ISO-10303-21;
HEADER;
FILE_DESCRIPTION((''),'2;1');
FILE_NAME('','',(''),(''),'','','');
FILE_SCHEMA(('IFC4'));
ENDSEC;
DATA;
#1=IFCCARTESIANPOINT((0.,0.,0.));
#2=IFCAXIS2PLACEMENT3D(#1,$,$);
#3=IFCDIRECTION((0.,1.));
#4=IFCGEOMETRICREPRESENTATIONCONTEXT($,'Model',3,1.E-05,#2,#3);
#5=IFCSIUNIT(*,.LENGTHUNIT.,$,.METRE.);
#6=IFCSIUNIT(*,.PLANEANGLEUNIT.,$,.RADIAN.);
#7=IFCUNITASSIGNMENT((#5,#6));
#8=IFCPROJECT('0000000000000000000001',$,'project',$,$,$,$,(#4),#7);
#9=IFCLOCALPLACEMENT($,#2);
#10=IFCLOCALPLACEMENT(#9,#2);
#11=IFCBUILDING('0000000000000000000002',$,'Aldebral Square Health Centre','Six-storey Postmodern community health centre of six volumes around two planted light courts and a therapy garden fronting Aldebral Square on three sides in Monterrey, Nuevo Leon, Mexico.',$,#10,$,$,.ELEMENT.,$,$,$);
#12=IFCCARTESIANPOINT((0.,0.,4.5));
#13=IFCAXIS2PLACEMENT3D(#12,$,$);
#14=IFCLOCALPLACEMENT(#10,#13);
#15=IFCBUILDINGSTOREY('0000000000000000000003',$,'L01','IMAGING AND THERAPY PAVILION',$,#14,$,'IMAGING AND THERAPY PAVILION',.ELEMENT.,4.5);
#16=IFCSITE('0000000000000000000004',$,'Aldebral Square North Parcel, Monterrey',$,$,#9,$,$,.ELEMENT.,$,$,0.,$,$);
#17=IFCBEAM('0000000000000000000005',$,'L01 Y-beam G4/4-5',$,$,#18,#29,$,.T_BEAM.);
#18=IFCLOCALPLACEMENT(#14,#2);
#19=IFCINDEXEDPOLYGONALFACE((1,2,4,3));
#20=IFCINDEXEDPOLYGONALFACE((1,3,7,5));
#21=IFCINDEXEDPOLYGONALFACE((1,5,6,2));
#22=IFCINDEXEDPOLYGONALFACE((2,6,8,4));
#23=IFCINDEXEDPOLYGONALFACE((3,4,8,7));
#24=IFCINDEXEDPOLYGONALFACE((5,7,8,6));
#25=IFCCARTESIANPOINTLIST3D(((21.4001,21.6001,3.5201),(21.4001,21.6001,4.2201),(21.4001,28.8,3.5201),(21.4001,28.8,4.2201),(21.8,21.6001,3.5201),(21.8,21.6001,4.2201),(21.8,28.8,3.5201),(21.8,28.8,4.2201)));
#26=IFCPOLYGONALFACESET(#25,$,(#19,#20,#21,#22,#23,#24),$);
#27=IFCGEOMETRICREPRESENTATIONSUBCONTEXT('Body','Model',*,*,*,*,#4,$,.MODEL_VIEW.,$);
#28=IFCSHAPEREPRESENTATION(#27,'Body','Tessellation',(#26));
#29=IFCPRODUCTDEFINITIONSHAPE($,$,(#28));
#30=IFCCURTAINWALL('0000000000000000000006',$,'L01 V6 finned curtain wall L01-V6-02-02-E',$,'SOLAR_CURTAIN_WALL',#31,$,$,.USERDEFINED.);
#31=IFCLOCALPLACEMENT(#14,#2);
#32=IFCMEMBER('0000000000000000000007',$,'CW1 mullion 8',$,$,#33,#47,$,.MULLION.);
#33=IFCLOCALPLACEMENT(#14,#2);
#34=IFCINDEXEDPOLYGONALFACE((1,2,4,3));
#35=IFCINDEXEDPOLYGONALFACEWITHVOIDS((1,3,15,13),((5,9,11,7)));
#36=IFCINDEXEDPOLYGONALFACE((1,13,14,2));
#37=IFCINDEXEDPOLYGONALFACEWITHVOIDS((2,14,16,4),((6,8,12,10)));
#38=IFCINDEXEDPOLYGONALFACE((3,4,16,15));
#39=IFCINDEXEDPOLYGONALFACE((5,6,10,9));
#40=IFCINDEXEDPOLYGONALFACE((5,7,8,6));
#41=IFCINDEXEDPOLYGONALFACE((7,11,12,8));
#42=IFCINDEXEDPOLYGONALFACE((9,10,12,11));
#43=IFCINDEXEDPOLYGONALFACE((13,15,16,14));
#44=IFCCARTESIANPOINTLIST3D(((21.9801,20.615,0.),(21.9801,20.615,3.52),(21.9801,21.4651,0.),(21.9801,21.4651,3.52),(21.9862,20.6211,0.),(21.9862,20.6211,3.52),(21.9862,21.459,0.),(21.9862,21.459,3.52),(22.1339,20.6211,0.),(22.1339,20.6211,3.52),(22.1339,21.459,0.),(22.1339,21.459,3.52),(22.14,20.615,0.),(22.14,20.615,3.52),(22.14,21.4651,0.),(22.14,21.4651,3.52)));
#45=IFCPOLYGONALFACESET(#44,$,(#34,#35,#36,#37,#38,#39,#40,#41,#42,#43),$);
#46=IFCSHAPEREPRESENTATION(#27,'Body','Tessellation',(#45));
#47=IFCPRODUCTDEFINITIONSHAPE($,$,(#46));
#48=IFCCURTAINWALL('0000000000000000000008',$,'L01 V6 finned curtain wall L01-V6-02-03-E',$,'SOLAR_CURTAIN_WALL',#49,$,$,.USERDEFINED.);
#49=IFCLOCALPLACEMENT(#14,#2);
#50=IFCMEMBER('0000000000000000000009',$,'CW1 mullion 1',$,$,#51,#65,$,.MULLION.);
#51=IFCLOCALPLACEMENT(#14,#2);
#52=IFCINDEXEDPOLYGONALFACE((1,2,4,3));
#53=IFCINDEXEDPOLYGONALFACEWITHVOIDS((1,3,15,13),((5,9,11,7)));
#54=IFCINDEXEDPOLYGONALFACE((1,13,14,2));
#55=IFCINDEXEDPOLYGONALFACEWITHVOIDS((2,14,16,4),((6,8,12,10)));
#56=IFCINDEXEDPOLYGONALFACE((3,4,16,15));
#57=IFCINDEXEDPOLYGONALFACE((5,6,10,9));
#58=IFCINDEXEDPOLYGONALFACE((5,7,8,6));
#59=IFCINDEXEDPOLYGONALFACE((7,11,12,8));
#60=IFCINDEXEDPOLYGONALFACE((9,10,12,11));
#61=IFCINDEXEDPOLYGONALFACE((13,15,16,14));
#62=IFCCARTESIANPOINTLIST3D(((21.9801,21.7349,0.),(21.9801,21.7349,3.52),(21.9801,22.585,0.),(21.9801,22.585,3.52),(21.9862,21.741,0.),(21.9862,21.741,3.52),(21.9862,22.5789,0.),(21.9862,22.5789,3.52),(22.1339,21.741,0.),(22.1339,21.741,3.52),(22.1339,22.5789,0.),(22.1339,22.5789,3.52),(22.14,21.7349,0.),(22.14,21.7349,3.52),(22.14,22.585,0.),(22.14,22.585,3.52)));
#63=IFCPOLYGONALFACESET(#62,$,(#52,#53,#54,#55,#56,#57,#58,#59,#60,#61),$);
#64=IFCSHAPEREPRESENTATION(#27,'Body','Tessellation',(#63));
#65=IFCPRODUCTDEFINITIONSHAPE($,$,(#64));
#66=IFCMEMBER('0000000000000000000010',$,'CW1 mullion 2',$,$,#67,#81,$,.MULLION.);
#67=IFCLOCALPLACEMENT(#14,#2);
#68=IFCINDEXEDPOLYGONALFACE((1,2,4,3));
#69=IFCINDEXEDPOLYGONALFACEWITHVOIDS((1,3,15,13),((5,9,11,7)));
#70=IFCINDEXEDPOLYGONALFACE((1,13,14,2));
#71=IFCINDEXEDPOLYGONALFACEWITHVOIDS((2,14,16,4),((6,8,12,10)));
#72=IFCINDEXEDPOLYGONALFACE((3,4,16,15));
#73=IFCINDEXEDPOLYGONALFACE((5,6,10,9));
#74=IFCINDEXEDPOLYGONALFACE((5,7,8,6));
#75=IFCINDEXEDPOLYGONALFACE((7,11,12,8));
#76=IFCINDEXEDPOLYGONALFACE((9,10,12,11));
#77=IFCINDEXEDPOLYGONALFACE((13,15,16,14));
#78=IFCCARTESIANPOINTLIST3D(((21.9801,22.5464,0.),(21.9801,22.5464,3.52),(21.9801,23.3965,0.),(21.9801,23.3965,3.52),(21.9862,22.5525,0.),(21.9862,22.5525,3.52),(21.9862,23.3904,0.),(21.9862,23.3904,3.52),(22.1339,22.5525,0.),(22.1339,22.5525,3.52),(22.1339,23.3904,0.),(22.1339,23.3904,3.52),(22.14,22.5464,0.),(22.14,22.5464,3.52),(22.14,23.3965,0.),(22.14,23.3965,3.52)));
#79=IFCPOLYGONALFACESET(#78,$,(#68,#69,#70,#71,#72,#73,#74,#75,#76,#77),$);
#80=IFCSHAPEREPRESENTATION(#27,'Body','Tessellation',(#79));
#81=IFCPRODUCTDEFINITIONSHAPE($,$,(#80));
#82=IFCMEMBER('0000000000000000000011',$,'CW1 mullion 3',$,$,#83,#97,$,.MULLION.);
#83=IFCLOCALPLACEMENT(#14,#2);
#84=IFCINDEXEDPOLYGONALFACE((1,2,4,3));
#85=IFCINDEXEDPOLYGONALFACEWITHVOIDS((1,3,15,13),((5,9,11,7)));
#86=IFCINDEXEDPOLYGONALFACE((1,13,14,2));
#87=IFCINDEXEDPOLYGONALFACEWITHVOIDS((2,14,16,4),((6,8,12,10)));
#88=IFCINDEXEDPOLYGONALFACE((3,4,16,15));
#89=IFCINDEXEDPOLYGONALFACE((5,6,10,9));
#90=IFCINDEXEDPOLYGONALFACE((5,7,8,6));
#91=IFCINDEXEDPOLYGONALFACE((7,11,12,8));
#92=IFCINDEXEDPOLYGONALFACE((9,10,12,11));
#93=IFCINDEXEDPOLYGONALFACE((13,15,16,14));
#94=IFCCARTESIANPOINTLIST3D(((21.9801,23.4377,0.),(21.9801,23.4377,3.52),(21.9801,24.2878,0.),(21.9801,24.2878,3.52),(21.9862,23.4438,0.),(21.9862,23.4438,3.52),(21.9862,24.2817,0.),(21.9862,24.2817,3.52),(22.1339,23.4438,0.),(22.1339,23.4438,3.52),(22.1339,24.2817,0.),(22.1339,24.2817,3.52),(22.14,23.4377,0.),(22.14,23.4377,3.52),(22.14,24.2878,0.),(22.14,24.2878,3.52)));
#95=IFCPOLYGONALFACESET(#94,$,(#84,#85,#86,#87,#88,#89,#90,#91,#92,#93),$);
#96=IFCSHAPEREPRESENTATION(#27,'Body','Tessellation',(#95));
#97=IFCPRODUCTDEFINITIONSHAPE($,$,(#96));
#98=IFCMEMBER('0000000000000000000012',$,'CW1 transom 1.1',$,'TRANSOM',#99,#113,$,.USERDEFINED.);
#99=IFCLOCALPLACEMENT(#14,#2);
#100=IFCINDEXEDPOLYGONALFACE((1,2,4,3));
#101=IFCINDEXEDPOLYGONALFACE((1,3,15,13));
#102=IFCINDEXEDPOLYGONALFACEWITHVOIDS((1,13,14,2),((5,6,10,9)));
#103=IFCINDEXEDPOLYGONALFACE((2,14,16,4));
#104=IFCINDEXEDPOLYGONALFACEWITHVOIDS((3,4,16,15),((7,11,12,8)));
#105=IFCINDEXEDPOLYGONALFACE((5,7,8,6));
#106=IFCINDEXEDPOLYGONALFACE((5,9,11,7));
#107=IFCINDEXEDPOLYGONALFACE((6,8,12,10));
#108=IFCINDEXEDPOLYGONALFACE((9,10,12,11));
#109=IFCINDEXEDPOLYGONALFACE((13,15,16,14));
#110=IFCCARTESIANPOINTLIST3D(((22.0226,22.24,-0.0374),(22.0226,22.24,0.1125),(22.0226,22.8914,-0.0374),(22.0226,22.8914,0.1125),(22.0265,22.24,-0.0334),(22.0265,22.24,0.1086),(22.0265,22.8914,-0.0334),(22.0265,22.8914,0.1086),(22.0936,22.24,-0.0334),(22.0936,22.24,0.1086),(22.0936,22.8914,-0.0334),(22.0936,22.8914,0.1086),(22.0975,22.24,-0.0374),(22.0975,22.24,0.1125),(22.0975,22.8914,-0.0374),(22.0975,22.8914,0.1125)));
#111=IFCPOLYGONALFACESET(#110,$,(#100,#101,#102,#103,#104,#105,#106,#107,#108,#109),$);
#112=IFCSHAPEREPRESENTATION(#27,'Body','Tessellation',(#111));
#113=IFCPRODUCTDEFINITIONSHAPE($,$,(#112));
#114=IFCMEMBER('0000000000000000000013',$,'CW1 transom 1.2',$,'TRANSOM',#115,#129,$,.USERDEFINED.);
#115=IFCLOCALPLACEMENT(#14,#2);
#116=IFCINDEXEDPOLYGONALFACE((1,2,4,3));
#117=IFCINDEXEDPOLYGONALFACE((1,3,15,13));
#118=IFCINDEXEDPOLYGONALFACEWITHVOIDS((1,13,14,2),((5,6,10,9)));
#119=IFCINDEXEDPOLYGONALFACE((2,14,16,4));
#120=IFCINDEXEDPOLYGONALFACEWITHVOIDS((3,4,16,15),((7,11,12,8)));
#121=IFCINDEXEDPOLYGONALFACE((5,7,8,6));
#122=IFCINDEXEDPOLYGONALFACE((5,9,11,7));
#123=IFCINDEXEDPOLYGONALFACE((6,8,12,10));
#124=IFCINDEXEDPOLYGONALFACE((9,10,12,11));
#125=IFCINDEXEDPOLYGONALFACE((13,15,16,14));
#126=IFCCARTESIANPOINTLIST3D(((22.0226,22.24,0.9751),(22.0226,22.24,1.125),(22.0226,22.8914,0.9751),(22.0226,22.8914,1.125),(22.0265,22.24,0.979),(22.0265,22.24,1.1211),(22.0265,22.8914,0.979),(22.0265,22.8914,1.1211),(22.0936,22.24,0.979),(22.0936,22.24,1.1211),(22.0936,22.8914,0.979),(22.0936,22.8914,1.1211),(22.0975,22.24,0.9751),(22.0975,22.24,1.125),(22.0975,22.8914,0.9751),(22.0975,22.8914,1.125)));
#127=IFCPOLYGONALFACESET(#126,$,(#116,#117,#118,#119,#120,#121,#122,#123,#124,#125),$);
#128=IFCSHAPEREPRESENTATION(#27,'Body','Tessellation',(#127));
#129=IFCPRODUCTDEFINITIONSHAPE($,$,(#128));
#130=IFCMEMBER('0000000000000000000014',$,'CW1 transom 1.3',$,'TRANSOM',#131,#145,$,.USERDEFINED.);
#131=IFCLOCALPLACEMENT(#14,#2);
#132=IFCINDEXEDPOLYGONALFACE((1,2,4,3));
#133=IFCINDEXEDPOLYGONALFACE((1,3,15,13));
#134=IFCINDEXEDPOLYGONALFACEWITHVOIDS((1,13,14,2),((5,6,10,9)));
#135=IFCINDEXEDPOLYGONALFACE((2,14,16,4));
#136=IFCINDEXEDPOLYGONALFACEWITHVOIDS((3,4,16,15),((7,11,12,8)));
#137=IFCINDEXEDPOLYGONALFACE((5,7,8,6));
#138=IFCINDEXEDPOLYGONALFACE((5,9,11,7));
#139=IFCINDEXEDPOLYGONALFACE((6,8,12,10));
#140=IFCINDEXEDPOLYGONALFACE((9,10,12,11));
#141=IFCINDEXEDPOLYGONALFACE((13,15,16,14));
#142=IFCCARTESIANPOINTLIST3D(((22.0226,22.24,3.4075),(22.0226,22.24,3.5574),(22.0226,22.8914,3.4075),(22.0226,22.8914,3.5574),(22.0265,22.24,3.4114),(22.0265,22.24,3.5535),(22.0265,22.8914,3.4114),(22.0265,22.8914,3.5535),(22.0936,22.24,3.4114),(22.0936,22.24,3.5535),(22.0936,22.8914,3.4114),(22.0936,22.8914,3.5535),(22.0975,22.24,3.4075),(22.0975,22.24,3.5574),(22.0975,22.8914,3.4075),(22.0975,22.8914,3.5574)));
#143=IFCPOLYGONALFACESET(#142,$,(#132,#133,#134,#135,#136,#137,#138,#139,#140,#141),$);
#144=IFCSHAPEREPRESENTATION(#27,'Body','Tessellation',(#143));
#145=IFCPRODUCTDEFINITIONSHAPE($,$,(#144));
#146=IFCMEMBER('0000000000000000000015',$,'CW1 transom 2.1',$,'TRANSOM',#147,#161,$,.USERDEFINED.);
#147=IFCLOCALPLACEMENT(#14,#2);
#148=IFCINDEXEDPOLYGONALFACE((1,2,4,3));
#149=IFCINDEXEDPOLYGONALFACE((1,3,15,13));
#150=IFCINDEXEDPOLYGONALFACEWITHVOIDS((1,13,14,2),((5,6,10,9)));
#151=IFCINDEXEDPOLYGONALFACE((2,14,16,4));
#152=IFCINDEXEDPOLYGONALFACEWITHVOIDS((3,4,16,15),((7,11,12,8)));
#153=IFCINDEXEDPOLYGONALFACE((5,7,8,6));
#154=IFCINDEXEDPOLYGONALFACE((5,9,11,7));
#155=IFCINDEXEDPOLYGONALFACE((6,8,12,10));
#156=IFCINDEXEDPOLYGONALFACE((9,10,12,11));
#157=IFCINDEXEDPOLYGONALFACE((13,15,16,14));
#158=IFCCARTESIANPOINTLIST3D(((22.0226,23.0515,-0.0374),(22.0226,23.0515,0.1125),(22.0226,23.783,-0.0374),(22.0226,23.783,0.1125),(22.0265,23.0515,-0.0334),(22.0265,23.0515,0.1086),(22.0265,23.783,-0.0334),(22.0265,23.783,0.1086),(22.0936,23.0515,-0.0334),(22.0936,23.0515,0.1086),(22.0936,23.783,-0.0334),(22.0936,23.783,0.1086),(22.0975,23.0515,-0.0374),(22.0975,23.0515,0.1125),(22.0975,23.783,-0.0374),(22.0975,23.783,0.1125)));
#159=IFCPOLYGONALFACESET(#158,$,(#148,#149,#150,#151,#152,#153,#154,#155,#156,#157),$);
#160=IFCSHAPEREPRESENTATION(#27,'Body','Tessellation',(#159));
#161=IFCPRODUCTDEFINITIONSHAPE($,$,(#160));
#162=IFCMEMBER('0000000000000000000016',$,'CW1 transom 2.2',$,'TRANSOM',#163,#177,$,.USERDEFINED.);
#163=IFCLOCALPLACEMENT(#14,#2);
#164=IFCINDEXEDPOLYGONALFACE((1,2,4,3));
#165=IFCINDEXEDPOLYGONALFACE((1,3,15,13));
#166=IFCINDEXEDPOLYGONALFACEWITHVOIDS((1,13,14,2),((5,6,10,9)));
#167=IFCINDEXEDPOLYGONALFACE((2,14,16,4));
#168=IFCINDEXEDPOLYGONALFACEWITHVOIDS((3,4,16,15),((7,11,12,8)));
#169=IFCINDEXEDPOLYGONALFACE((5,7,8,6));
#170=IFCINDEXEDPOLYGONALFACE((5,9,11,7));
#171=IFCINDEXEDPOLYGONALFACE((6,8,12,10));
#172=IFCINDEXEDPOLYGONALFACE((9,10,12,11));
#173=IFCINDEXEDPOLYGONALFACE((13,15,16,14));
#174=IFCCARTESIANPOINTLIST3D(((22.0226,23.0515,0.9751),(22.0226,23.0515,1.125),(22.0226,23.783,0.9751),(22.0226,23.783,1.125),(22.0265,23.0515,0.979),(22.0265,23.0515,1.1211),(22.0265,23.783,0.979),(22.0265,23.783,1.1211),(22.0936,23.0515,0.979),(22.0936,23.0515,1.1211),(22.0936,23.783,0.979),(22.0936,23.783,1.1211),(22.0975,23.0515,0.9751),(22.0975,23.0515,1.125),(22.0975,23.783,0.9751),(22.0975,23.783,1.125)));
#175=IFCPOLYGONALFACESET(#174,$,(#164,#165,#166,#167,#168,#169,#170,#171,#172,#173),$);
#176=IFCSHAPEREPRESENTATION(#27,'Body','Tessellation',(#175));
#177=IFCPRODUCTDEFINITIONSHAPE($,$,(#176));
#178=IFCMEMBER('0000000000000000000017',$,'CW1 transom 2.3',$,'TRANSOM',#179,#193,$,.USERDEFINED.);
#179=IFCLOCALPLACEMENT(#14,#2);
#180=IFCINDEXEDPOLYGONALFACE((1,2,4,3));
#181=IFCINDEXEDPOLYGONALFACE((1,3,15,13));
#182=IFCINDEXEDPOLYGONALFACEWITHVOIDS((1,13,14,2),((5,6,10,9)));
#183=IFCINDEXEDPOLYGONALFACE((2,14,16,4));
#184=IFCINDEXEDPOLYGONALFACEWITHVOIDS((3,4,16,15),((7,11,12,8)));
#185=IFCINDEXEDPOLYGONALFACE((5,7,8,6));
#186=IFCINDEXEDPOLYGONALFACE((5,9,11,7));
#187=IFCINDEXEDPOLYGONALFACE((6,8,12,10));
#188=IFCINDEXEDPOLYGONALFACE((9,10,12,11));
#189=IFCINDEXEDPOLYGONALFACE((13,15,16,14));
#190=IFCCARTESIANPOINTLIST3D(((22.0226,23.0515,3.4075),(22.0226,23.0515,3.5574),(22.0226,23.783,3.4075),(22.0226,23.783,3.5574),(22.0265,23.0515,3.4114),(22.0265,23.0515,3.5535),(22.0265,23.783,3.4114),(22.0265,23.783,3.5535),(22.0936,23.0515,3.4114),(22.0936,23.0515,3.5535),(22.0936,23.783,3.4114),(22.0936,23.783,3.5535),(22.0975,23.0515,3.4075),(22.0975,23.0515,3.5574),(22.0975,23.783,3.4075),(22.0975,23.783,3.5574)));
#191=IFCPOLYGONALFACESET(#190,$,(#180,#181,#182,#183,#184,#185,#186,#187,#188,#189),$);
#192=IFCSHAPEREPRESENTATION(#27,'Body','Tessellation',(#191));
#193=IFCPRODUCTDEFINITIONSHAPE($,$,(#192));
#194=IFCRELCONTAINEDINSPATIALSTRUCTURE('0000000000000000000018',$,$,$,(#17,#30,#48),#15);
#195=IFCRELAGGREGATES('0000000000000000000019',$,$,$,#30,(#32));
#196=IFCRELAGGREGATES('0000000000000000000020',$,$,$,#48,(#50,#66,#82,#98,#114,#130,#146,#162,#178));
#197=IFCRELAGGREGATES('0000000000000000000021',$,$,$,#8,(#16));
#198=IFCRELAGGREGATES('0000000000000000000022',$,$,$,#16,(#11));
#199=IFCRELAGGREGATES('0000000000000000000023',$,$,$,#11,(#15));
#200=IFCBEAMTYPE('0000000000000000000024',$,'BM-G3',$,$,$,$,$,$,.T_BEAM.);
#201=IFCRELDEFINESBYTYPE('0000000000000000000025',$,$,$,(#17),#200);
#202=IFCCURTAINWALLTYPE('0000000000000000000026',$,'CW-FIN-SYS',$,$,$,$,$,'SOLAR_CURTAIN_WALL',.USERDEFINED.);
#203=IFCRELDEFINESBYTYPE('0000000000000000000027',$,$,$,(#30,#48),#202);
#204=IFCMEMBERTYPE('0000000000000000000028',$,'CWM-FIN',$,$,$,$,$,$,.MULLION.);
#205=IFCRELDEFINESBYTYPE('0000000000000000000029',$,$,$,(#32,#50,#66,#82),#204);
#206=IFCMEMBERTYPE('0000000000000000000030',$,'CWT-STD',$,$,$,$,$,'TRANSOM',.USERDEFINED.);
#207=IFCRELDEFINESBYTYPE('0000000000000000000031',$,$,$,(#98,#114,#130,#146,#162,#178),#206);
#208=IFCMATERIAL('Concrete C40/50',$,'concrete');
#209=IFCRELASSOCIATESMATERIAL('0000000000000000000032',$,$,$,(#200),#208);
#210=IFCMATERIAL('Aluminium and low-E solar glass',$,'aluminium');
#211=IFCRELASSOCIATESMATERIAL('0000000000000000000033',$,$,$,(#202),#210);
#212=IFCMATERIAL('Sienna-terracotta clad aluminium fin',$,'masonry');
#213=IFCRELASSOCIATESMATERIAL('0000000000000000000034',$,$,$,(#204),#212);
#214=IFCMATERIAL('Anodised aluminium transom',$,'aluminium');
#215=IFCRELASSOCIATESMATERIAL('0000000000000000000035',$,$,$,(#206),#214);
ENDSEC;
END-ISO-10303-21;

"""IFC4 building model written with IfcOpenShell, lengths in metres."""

from ifc_helpers import new_model, si_unit, direction, frame, origin, origin_2d, place, context, subcontext, project, spatial, rectangle, hollow_rectangle, extrude, material, material_profile, profile_set, type_object, element, aggregate, save


model = new_model("IFC4")

# Units and contexts
model_context = context("Model", 3, precision=1e-05, world=origin(), true_north=direction((0.0, 1.0)))
body_context = subcontext(model_context, "Body", "Model", "MODEL_VIEW")
ifc_project = project(units=[si_unit("LENGTHUNIT", "METRE"), si_unit("PLANEANGLEUNIT", "RADIAN")], contexts=[model_context])

# Site, building, storey
site_placement = place(None, origin())
site = spatial("IfcSite", under=ifc_project, at=site_placement, Name="Aldebral Square North Parcel, Monterrey", CompositionType="ELEMENT", RefElevation=0.0)
building_placement = place(site_placement, origin())
building = spatial("IfcBuilding", under=site, at=building_placement, Name="Aldebral Square Health Centre", Description="Six-storey Postmodern community health centre of six volumes around two planted light courts and a therapy garden fronting Aldebral Square on three sides in Monterrey, Nuevo Leon, Mexico.", CompositionType="ELEMENT")
storey_placement = place(building_placement, frame((0.0, 0.0, 4.5)))
storey = spatial("IfcBuildingStorey", under=building, at=storey_placement, Name="L01", Description="IMAGING AND THERAPY PAVILION", LongName="IMAGING AND THERAPY PAVILION", CompositionType="ELEMENT", Elevation=4.5)

# Beam
ifc_material_1 = material(Name="Concrete C40/50", Category="concrete")
ifc_material_profile_1 = material_profile(ifc_material_1, rectangle(XDim=0.3999, YDim=0.7, at=origin_2d()), Name="RC 400x700")
ifc_profile_set_1 = profile_set([ifc_material_profile_1], Name="Concrete C40/50")
beam_type = type_object("IfcBeamType", Name="BM-G3", PredefinedType="T_BEAM", material=ifc_profile_set_1)
beam_placement = place(storey_placement, frame((21.6001, 21.6001, 3.8701), z_axis=(0.0, 1.0, 0.0), x_axis=(-1.0, 0.0, 0.0)))
element("IfcBeam", 1, at=beam_placement, inside=storey, type_object=beam_type, Name="L01 Y-beam G4/4-5", PredefinedType="T_BEAM", context=body_context, shape_type="SweptSolid", body=[
    extrude(rectangle(XDim=0.3999, YDim=0.7, at=origin_2d()), origin(), (0.0, 0.0, 1.0), 7.2),
])

# Curtain wall, member
ifc_material_2 = material(Name="Aluminium and low-E solar glass", Category="aluminium")
curtain_wall_type = type_object("IfcCurtainWallType", Name="CW-FIN-SYS", ElementType="SOLAR_CURTAIN_WALL", PredefinedType="USERDEFINED", material=ifc_material_2)
curtain_wall_1_placement = place(storey_placement, origin())
curtain_wall_1 = element("IfcCurtainWall", 2, at=curtain_wall_1_placement, inside=storey, type_object=curtain_wall_type, Name="L01 V6 finned curtain wall L01-V6-02-02-E", ObjectType="SOLAR_CURTAIN_WALL", PredefinedType="USERDEFINED")
ifc_material_3 = material(Name="Sienna-terracotta clad aluminium fin", Category="masonry")
ifc_material_profile_2 = material_profile(ifc_material_3, hollow_rectangle(XDim=0.1599, YDim=0.8501, WallThickness=0.0061, at=origin_2d()), Name="FIN 160x850x6")
ifc_profile_set_2 = profile_set([ifc_material_profile_2], Name="Sienna-terracotta clad aluminium fin")
member_type_1 = type_object("IfcMemberType", Name="CWM-FIN", PredefinedType="MULLION", material=ifc_profile_set_2)
member_1_placement = place(storey_placement, frame((22.0601, 21.04, 0.0), z_axis=(0.0, 0.0, 1.0), x_axis=(-1.0, 0.0, 0.0)))
member_1 = element("IfcMember", 3, at=member_1_placement, type_object=member_type_1, Name="CW1 mullion 8", PredefinedType="MULLION", context=body_context, shape_type="SweptSolid", body=[
    extrude(hollow_rectangle(XDim=0.1599, YDim=0.8501, WallThickness=0.0061, at=origin_2d()), origin(), (0.0, 0.0, 1.0), 3.52),
])
aggregate(curtain_wall_1, [member_1])

# Curtain wall, members
curtain_wall_2_placement = place(storey_placement, origin())
curtain_wall_2 = element("IfcCurtainWall", 4, at=curtain_wall_2_placement, inside=storey, type_object=curtain_wall_type, Name="L01 V6 finned curtain wall L01-V6-02-03-E", ObjectType="SOLAR_CURTAIN_WALL", PredefinedType="USERDEFINED")
member_2_placement = place(storey_placement, frame((22.0601, 22.1599, 0.0), z_axis=(0.0, 0.0, 1.0), x_axis=(-1.0, 0.0, 0.0)))
member_2 = element("IfcMember", 5, at=member_2_placement, type_object=member_type_1, Name="CW1 mullion 1", PredefinedType="MULLION", context=body_context, shape_type="SweptSolid", body=[
    extrude(hollow_rectangle(XDim=0.1599, YDim=0.8501, WallThickness=0.0061, at=origin_2d()), origin(), (0.0, 0.0, 1.0), 3.52),
])
member_3_placement = place(storey_placement, frame((22.0601, 22.9714, 0.0), z_axis=(0.0, 0.0, 1.0), x_axis=(-1.0, 0.0, 0.0)))
member_3 = element("IfcMember", 6, at=member_3_placement, type_object=member_type_1, Name="CW1 mullion 2", PredefinedType="MULLION", context=body_context, shape_type="SweptSolid", body=[
    extrude(hollow_rectangle(XDim=0.1599, YDim=0.8501, WallThickness=0.0061, at=origin_2d()), origin(), (0.0, 0.0, 1.0), 3.52),
])
member_4_placement = place(storey_placement, frame((22.0601, 23.8628, 0.0), z_axis=(0.0, 0.0, 1.0), x_axis=(-1.0, 0.0, 0.0)))
member_4 = element("IfcMember", 7, at=member_4_placement, type_object=member_type_1, Name="CW1 mullion 3", PredefinedType="MULLION", context=body_context, shape_type="SweptSolid", body=[
    extrude(hollow_rectangle(XDim=0.1599, YDim=0.8501, WallThickness=0.0061, at=origin_2d()), origin(), (0.0, 0.0, 1.0), 3.52),
])
ifc_material_4 = material(Name="Anodised aluminium transom", Category="aluminium")
ifc_material_profile_3 = material_profile(ifc_material_4, hollow_rectangle(XDim=0.075, YDim=0.1499, WallThickness=0.0039, at=origin_2d()), Name="CWT 75x150x4")
ifc_profile_set_3 = profile_set([ifc_material_profile_3], Name="Anodised aluminium transom")
member_type_2 = type_object("IfcMemberType", Name="CWT-STD", ElementType="TRANSOM", PredefinedType="USERDEFINED", material=ifc_profile_set_3)
member_5_placement = place(storey_placement, frame((22.0601, 22.24, 0.0376), z_axis=(0.0, 1.0, 0.0), x_axis=(-1.0, 0.0, 0.0)))
member_5 = element("IfcMember", 8, at=member_5_placement, type_object=member_type_2, Name="CW1 transom 1.1", ObjectType="TRANSOM", PredefinedType="USERDEFINED", context=body_context, shape_type="SweptSolid", body=[
    extrude(hollow_rectangle(XDim=0.075, YDim=0.1499, WallThickness=0.0039, at=origin_2d()), origin(), (0.0, 0.0, 1.0), 0.6514),
])
member_6_placement = place(storey_placement, frame((22.0601, 22.24, 1.05), z_axis=(0.0, 1.0, 0.0), x_axis=(-1.0, 0.0, 0.0)))
member_6 = element("IfcMember", 9, at=member_6_placement, type_object=member_type_2, Name="CW1 transom 1.2", ObjectType="TRANSOM", PredefinedType="USERDEFINED", context=body_context, shape_type="SweptSolid", body=[
    extrude(hollow_rectangle(XDim=0.075, YDim=0.1499, WallThickness=0.0039, at=origin_2d()), origin(), (0.0, 0.0, 1.0), 0.6514),
])
member_7_placement = place(storey_placement, frame((22.0601, 22.24, 3.4824), z_axis=(0.0, 1.0, 0.0), x_axis=(-1.0, 0.0, 0.0)))
member_7 = element("IfcMember", 10, at=member_7_placement, type_object=member_type_2, Name="CW1 transom 1.3", ObjectType="TRANSOM", PredefinedType="USERDEFINED", context=body_context, shape_type="SweptSolid", body=[
    extrude(hollow_rectangle(XDim=0.075, YDim=0.1499, WallThickness=0.0039, at=origin_2d()), origin(), (0.0, 0.0, 1.0), 0.6514),
])
member_8_placement = place(storey_placement, frame((22.0601, 23.0515, 0.0376), z_axis=(0.0, 1.0, 0.0), x_axis=(-1.0, 0.0, 0.0)))
member_8 = element("IfcMember", 11, at=member_8_placement, type_object=member_type_2, Name="CW1 transom 2.1", ObjectType="TRANSOM", PredefinedType="USERDEFINED", context=body_context, shape_type="SweptSolid", body=[
    extrude(hollow_rectangle(XDim=0.075, YDim=0.1499, WallThickness=0.0039, at=origin_2d()), origin(), (0.0, 0.0, 1.0), 0.7314),
])
member_9_placement = place(storey_placement, frame((22.0601, 23.0515, 1.05), z_axis=(0.0, 1.0, 0.0), x_axis=(-1.0, 0.0, 0.0)))
member_9 = element("IfcMember", 12, at=member_9_placement, type_object=member_type_2, Name="CW1 transom 2.2", ObjectType="TRANSOM", PredefinedType="USERDEFINED", context=body_context, shape_type="SweptSolid", body=[
    extrude(hollow_rectangle(XDim=0.075, YDim=0.1499, WallThickness=0.0039, at=origin_2d()), origin(), (0.0, 0.0, 1.0), 0.7314),
])
member_10_placement = place(storey_placement, frame((22.0601, 23.0515, 3.4824), z_axis=(0.0, 1.0, 0.0), x_axis=(-1.0, 0.0, 0.0)))
member_10 = element("IfcMember", 13, at=member_10_placement, type_object=member_type_2, Name="CW1 transom 2.3", ObjectType="TRANSOM", PredefinedType="USERDEFINED", context=body_context, shape_type="SweptSolid", body=[
    extrude(hollow_rectangle(XDim=0.075, YDim=0.1499, WallThickness=0.0039, at=origin_2d()), origin(), (0.0, 0.0, 1.0), 0.7314),
])
aggregate(curtain_wall_2, [member_2, member_3, member_4, member_5, member_6, member_7, member_8, member_9, member_10])

save(model, "model.ifc")
